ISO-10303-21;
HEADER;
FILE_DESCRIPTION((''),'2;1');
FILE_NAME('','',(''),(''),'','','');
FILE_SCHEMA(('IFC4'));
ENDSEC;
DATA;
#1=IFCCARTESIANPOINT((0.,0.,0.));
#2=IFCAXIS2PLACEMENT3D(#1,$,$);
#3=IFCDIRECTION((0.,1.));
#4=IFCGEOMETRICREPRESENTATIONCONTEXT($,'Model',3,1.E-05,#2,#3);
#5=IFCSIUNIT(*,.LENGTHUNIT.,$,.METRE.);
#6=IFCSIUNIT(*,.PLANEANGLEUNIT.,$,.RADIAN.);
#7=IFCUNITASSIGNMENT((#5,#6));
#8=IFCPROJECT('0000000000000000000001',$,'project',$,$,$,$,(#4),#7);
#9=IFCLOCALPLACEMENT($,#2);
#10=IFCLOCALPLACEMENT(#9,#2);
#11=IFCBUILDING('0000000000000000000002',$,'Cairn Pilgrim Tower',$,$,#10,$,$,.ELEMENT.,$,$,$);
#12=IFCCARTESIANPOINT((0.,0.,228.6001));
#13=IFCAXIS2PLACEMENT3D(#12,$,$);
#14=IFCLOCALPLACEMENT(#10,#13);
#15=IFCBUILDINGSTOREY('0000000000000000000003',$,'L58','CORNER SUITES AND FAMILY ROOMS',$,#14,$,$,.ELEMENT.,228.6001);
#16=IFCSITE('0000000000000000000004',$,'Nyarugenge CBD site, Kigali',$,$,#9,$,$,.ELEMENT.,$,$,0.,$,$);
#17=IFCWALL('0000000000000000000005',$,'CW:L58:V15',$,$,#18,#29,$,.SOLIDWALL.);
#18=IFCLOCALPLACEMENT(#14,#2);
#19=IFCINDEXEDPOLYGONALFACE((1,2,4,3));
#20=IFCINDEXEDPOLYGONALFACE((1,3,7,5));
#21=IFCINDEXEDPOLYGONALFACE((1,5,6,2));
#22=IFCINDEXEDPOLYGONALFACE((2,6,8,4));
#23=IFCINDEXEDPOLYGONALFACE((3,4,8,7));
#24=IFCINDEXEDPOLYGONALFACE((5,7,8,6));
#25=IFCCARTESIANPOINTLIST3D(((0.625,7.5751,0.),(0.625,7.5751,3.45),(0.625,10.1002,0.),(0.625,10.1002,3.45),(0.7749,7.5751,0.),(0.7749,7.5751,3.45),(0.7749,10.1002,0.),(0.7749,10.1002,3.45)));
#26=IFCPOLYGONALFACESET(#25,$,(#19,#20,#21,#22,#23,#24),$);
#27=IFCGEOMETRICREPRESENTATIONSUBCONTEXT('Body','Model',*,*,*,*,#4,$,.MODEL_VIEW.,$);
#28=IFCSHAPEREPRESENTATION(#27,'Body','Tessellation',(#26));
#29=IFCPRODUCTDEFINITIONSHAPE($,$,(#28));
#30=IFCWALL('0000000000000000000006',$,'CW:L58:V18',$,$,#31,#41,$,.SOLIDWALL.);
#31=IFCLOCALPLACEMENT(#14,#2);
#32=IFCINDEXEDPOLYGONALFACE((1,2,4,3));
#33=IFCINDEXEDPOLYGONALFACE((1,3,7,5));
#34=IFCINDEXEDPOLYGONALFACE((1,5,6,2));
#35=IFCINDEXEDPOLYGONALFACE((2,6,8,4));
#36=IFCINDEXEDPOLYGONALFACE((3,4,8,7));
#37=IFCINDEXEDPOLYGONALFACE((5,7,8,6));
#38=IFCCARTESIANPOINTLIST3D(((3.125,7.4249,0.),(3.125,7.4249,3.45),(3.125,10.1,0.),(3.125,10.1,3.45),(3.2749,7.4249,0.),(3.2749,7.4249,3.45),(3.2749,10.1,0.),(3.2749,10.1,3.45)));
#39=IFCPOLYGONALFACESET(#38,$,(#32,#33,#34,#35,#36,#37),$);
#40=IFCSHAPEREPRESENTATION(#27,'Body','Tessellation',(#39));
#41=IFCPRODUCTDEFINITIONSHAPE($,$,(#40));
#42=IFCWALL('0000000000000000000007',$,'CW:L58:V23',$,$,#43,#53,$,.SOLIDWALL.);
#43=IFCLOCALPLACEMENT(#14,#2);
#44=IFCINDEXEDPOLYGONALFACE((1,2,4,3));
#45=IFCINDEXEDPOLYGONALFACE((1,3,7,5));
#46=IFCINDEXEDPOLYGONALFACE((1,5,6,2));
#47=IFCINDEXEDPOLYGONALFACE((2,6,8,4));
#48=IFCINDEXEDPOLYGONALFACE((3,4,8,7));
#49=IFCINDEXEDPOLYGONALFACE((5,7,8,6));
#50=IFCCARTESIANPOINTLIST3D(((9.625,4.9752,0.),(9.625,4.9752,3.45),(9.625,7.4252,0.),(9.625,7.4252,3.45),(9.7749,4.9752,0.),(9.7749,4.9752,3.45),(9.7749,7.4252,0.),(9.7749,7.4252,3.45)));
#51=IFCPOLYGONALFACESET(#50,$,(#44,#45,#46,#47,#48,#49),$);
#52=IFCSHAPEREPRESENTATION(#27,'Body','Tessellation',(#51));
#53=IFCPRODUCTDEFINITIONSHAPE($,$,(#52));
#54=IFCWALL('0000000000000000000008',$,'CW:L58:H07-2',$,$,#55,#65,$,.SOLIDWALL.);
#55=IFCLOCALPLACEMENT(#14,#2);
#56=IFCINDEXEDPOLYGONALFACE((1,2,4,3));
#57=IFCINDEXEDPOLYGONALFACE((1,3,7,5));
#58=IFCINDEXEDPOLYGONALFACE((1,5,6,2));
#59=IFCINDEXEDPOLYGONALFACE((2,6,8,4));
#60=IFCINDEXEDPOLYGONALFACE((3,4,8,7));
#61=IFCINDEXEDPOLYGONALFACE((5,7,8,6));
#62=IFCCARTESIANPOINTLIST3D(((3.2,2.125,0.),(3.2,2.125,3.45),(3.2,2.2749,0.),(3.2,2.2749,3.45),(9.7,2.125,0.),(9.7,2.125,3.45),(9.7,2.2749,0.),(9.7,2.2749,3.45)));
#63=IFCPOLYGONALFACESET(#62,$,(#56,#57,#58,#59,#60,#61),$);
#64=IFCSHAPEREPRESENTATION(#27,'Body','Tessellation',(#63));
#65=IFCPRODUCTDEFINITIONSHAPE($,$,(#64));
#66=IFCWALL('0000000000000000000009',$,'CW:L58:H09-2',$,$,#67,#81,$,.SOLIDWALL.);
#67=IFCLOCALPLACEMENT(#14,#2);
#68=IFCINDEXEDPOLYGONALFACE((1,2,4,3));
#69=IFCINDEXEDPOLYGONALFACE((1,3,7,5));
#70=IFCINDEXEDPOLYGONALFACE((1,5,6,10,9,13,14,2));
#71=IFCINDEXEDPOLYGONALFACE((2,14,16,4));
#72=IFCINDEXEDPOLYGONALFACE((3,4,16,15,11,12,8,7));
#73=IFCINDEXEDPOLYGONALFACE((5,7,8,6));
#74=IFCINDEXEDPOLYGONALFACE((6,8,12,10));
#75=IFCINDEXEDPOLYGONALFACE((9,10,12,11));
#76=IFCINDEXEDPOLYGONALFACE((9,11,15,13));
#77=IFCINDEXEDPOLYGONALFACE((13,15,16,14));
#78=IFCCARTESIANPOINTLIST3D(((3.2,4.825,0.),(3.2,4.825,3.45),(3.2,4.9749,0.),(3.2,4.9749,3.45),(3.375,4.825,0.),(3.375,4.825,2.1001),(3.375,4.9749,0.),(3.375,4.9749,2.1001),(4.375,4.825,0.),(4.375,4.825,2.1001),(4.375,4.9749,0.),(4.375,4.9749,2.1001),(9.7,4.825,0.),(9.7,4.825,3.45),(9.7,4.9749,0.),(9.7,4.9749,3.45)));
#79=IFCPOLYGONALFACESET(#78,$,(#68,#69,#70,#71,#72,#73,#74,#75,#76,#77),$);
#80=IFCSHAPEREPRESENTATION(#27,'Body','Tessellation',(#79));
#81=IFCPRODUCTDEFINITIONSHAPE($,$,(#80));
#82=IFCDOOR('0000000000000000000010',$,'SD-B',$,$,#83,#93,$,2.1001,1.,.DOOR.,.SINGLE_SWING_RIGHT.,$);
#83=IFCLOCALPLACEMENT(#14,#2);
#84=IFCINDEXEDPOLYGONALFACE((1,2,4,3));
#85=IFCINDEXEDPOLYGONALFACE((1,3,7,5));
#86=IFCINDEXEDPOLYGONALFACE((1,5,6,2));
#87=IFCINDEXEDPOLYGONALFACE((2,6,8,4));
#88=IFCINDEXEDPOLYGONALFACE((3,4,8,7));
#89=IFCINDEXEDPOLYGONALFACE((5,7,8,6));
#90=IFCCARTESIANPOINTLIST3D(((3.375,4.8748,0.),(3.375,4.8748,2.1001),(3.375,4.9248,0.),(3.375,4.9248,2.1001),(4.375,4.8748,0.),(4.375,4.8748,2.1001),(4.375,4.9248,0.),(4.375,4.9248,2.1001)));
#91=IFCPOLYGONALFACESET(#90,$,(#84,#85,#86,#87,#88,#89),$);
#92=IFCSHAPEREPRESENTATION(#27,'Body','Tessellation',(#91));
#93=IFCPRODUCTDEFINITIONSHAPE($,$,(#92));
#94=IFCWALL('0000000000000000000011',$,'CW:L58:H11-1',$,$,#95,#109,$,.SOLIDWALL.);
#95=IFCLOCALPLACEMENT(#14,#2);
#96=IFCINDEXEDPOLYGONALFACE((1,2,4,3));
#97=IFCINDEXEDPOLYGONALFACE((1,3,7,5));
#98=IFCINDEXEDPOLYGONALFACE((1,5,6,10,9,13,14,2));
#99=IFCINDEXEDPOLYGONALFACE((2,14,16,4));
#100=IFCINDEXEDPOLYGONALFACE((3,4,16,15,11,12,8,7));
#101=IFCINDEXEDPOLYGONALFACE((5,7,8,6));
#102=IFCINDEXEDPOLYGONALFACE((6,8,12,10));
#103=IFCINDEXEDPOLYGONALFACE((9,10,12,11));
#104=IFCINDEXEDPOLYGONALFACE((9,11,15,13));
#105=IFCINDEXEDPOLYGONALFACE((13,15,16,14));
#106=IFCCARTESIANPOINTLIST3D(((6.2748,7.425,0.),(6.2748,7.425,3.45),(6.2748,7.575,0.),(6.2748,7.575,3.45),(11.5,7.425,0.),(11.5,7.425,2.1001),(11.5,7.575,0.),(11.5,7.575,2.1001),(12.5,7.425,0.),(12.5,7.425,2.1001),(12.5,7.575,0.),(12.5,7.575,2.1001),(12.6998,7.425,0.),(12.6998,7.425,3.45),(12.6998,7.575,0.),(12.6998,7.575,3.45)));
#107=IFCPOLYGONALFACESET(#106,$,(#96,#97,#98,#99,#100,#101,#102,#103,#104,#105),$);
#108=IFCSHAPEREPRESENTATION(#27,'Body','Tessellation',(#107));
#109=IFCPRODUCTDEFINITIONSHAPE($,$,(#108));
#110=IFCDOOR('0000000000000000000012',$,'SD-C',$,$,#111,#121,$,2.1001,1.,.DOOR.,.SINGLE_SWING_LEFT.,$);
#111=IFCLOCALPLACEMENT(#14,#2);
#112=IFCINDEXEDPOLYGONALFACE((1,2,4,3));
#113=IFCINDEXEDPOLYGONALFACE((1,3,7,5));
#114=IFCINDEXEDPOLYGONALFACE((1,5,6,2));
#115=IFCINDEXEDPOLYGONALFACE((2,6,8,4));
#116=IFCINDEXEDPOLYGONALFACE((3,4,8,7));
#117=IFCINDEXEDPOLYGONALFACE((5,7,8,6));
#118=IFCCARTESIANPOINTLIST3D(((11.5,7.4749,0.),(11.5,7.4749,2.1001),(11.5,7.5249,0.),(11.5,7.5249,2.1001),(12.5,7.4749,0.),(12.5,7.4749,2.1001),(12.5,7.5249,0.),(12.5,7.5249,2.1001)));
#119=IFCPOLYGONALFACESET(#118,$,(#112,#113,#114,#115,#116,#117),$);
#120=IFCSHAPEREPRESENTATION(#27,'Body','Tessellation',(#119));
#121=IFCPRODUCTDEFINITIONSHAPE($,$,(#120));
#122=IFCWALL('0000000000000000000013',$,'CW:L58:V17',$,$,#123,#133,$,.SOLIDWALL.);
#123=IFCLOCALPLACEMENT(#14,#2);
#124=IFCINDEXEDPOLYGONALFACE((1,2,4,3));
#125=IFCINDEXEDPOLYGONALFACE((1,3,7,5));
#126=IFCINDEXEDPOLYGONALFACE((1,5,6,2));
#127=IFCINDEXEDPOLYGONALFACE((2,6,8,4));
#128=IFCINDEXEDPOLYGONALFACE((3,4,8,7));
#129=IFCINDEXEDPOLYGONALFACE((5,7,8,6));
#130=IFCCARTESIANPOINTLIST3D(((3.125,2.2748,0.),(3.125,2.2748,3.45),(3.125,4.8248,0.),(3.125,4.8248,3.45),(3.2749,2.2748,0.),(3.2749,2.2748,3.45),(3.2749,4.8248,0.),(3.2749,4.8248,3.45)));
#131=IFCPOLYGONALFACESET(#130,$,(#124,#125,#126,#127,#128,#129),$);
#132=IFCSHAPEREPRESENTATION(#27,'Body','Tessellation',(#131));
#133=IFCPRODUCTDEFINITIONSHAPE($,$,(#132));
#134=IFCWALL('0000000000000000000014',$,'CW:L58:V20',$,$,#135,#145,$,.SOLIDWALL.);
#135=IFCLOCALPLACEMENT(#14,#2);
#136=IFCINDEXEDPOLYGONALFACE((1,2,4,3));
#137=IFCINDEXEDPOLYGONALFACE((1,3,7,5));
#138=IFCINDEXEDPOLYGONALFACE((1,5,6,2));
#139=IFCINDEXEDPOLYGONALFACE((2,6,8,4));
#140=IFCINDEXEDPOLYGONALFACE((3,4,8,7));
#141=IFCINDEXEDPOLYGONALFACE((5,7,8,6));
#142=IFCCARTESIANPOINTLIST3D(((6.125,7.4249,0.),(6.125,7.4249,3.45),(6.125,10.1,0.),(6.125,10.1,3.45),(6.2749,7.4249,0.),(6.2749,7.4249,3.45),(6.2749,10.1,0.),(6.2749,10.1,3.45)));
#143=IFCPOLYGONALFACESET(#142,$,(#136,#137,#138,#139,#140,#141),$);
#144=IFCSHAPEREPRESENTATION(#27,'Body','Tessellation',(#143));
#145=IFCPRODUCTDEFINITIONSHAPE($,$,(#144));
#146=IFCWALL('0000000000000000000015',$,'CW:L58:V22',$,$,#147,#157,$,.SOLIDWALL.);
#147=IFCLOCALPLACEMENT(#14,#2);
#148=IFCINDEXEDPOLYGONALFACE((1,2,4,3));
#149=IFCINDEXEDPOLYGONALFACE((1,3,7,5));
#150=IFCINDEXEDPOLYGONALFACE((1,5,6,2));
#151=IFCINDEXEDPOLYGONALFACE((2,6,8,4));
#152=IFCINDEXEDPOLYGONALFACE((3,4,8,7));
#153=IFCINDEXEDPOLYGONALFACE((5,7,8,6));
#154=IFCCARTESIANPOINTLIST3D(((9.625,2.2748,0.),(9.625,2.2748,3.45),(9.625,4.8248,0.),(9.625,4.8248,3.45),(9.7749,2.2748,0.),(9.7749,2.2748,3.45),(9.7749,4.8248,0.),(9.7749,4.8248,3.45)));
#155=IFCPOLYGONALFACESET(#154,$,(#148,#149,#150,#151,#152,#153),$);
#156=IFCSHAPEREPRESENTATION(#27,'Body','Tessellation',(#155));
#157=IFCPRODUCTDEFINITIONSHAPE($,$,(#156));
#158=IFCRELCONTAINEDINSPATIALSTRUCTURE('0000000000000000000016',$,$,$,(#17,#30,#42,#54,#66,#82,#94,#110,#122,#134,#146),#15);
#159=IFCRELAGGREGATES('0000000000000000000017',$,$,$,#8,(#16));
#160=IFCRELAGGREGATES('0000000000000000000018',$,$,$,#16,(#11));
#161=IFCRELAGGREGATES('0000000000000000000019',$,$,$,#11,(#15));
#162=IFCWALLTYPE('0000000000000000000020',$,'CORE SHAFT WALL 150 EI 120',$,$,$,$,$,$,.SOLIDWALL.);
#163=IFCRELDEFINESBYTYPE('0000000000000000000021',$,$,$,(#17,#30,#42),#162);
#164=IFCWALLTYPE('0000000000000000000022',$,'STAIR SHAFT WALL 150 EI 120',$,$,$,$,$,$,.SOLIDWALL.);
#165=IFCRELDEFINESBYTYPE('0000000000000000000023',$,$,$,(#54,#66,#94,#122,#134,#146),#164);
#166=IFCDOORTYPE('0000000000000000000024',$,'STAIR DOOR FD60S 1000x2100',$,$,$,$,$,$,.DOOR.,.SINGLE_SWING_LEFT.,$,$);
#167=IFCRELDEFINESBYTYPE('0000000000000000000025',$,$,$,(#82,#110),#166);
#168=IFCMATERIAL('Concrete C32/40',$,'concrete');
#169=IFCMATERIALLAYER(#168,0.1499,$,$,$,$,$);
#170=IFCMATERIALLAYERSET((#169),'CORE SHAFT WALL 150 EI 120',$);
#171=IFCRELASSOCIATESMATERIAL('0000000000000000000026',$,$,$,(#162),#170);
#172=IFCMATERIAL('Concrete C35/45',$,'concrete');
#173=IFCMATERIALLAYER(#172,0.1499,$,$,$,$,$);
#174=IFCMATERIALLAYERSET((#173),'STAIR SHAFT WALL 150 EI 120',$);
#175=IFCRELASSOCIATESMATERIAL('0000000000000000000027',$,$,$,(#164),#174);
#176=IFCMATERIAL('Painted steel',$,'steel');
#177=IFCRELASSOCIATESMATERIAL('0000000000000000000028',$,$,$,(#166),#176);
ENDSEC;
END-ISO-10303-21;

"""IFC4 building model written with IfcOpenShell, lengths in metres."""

from ifc_helpers import new_model, si_unit, direction, frame, frame_2d, origin, place, context, subcontext, project, spatial, rectangle, extrude, material, layer, layer_set, type_object, element, fill, save


model = new_model("IFC4")

# Units and contexts
model_context = context("Model", 3, precision=1e-05, world=origin(), true_north=direction((0.0, 1.0)))
body_context = subcontext(model_context, "Body", "Model", "MODEL_VIEW")
ifc_project = project(units=[si_unit("LENGTHUNIT", "METRE"), si_unit("PLANEANGLEUNIT", "RADIAN")], contexts=[model_context])

# Site, building, storey
site_placement = place(None, origin())
site = spatial("IfcSite", under=ifc_project, at=site_placement, Name="Nyarugenge CBD site, Kigali", CompositionType="ELEMENT", RefElevation=0.0)
building_placement = place(site_placement, origin())
building = spatial("IfcBuilding", under=site, at=building_placement, Name="Cairn Pilgrim Tower", CompositionType="ELEMENT")
storey_placement = place(building_placement, frame((0.0, 0.0, 228.6001)))
storey = spatial("IfcBuildingStorey", under=building, at=storey_placement, Name="L58", Description="CORNER SUITES AND FAMILY ROOMS", CompositionType="ELEMENT", Elevation=228.6001)

# Shared definitions
ifc_material_1 = material(Name="Concrete C35/45", Category="concrete")

# Shared definitions
ifc_material_2 = material(Name="Concrete C32/40", Category="concrete")

# Shared definitions
ifc_layer_1 = layer(ifc_material_2, 0.1499)
ifc_layer_set_1 = layer_set([ifc_layer_1], Name="CORE SHAFT WALL 150 EI 120")
wall_type_1 = type_object("IfcWallType", Name="CORE SHAFT WALL 150 EI 120", PredefinedType="SOLIDWALL", material=ifc_layer_set_1)

# Shared definitions
ifc_material_3 = material(Name="Painted steel", Category="steel")

# Walls
wall_1_placement = place(storey_placement, frame((0.7, 7.575, 0.0), z_axis=(0.0, 0.0, 1.0), x_axis=(0.0, 1.0, 0.0)))
element("IfcWall", 1, at=wall_1_placement, inside=storey, type_object=wall_type_1, Name="CW:L58:V15", PredefinedType="SOLIDWALL", context=body_context, shape_type="SweptSolid", body=[
    extrude(rectangle(XDim=2.5251, YDim=0.1499, at=frame_2d((1.2627, 0.0))), origin(), (0.0, 0.0, 1.0), 3.45),
])
wall_2_placement = place(storey_placement, frame((3.2, 7.425, 0.0), z_axis=(0.0, 0.0, 1.0), x_axis=(0.0, 1.0, 0.0)))
element("IfcWall", 2, at=wall_2_placement, inside=storey, type_object=wall_type_1, Name="CW:L58:V18", PredefinedType="SOLIDWALL", context=body_context, shape_type="SweptSolid", body=[
    extrude(rectangle(XDim=2.675, YDim=0.1499, at=frame_2d((1.3374, 0.0))), origin(), (0.0, 0.0, 1.0), 3.45),
])
wall_3_placement = place(storey_placement, frame((9.7, 4.9751, 0.0), z_axis=(0.0, 0.0, 1.0), x_axis=(0.0, 1.0, 0.0)))
element("IfcWall", 3, at=wall_3_placement, inside=storey, type_object=wall_type_1, Name="CW:L58:V23", PredefinedType="SOLIDWALL", context=body_context, shape_type="SweptSolid", body=[
    extrude(rectangle(XDim=2.45, YDim=0.1499, at=frame_2d((1.2251, 0.0))), origin(), (0.0, 0.0, 1.0), 3.45),
])
ifc_layer_2 = layer(ifc_material_1, 0.1499)
ifc_layer_set_2 = layer_set([ifc_layer_2], Name="STAIR SHAFT WALL 150 EI 120")
wall_type_2 = type_object("IfcWallType", Name="STAIR SHAFT WALL 150 EI 120", PredefinedType="SOLIDWALL", material=ifc_layer_set_2)
wall_4_placement = place(storey_placement, frame((3.2, 2.2, 0.0), z_axis=(0.0, 0.0, 1.0), x_axis=(1.0, 0.0, 0.0)))
element("IfcWall", 4, at=wall_4_placement, inside=storey, type_object=wall_type_2, Name="CW:L58:H07-2", PredefinedType="SOLIDWALL", context=body_context, shape_type="SweptSolid", body=[
    extrude(rectangle(XDim=6.5, YDim=0.1499, at=frame_2d((3.25, 0.0))), origin(), (0.0, 0.0, 1.0), 3.45),
])

# Walls, openings, doors
wall_5_placement = place(storey_placement, frame((3.2, 4.8999, 0.0), z_axis=(0.0, 0.0, 1.0), x_axis=(1.0, 0.0, 0.0)))
wall_5 = element("IfcWall", 5, at=wall_5_placement, inside=storey, type_object=wall_type_2, Name="CW:L58:H09-2", PredefinedType="SOLIDWALL", context=body_context, shape_type="SweptSolid", body=[
    extrude(rectangle(XDim=6.5, YDim=0.1499, at=frame_2d((3.25, 0.0))), origin(), (0.0, 0.0, 1.0), 3.45),
])
opening_1_placement = place(wall_5_placement, frame((0.175, 0.0, 0.0)))
opening_1 = element("IfcOpeningElement", 6, at=opening_1_placement, cuts=wall_5, PredefinedType="OPENING", context=body_context, shape_type="SweptSolid", body=[
    extrude(rectangle(XDim=1.0, YDim=2.1001, at=frame_2d((0.5, 1.05))), frame((0.0, 0.085, 0.0), z_axis=(0.0, -1.0, 0.0), x_axis=(1.0, 0.0, 0.0)), (0.0, 0.0, 1.0), 0.1699),
])
door_type_1 = type_object("IfcDoorType", Name="STAIR DOOR FD60S 1000x2100", OperationType="SINGLE_SWING_LEFT", PredefinedType="DOOR", material=ifc_material_3)
door_1_placement = place(opening_1_placement, origin())
door_1 = element("IfcDoor", 7, at=door_1_placement, inside=storey, type_object=door_type_1, Name="SD-B", OperationType="SINGLE_SWING_RIGHT", OverallHeight=2.1001, OverallWidth=1.0, PredefinedType="DOOR", context=body_context, shape_type="SweptSolid", body=[
    extrude(rectangle(XDim=1.0, YDim=2.1001, at=frame_2d((0.5, 1.05))), frame((0.0, 0.0249, 0.0), z_axis=(0.0, -1.0, 0.0), x_axis=(1.0, 0.0, 0.0)), (0.0, 0.0, 1.0), 0.05),
])
fill(opening_1, door_1)
wall_6_placement = place(storey_placement, frame((6.2749, 7.5, 0.0), z_axis=(0.0, 0.0, 1.0), x_axis=(1.0, 0.0, 0.0)))
wall_6 = element("IfcWall", 8, at=wall_6_placement, inside=storey, type_object=wall_type_2, Name="CW:L58:H11-1", PredefinedType="SOLIDWALL", context=body_context, shape_type="SweptSolid", body=[
    extrude(rectangle(XDim=6.425, YDim=0.1499, at=frame_2d((3.2124, 0.0))), origin(), (0.0, 0.0, 1.0), 3.45),
])
opening_2_placement = place(wall_6_placement, frame((5.2251, 0.0, 0.0)))
opening_2 = element("IfcOpeningElement", 9, at=opening_2_placement, cuts=wall_6, PredefinedType="OPENING", context=body_context, shape_type="SweptSolid", body=[
    extrude(rectangle(XDim=1.0, YDim=2.1001, at=frame_2d((0.5, 1.05))), frame((0.0, 0.085, 0.0), z_axis=(0.0, -1.0, 0.0), x_axis=(1.0, 0.0, 0.0)), (0.0, 0.0, 1.0), 0.1699),
])
door_2_placement = place(opening_2_placement, origin())
door_2 = element("IfcDoor", 10, at=door_2_placement, inside=storey, type_object=door_type_1, Name="SD-C", OperationType="SINGLE_SWING_LEFT", OverallHeight=2.1001, OverallWidth=1.0, PredefinedType="DOOR", context=body_context, shape_type="SweptSolid", body=[
    extrude(rectangle(XDim=1.0, YDim=2.1001, at=frame_2d((0.5, 1.05))), frame((0.0, 0.0249, 0.0), z_axis=(0.0, -1.0, 0.0), x_axis=(1.0, 0.0, 0.0)), (0.0, 0.0, 1.0), 0.05),
])
fill(opening_2, door_2)

# Walls
wall_7_placement = place(storey_placement, frame((3.2, 2.2749, 0.0), z_axis=(0.0, 0.0, 1.0), x_axis=(0.0, 1.0, 0.0)))
element("IfcWall", 11, at=wall_7_placement, inside=storey, type_object=wall_type_2, Name="CW:L58:V17", PredefinedType="SOLIDWALL", context=body_context, shape_type="SweptSolid", body=[
    extrude(rectangle(XDim=2.55, YDim=0.1499, at=frame_2d((1.2749, 0.0))), origin(), (0.0, 0.0, 1.0), 3.45),
])
wall_8_placement = place(storey_placement, frame((6.2, 7.425, 0.0), z_axis=(0.0, 0.0, 1.0), x_axis=(0.0, 1.0, 0.0)))
element("IfcWall", 12, at=wall_8_placement, inside=storey, type_object=wall_type_2, Name="CW:L58:V20", PredefinedType="SOLIDWALL", context=body_context, shape_type="SweptSolid", body=[
    extrude(rectangle(XDim=2.675, YDim=0.1499, at=frame_2d((1.3374, 0.0))), origin(), (0.0, 0.0, 1.0), 3.45),
])
wall_9_placement = place(storey_placement, frame((9.7, 2.2749, 0.0), z_axis=(0.0, 0.0, 1.0), x_axis=(0.0, 1.0, 0.0)))
element("IfcWall", 13, at=wall_9_placement, inside=storey, type_object=wall_type_2, Name="CW:L58:V22", PredefinedType="SOLIDWALL", context=body_context, shape_type="SweptSolid", body=[
    extrude(rectangle(XDim=2.55, YDim=0.1499, at=frame_2d((1.2749, 0.0))), origin(), (0.0, 0.0, 1.0), 3.45),
])

save(model, "model.ifc")
